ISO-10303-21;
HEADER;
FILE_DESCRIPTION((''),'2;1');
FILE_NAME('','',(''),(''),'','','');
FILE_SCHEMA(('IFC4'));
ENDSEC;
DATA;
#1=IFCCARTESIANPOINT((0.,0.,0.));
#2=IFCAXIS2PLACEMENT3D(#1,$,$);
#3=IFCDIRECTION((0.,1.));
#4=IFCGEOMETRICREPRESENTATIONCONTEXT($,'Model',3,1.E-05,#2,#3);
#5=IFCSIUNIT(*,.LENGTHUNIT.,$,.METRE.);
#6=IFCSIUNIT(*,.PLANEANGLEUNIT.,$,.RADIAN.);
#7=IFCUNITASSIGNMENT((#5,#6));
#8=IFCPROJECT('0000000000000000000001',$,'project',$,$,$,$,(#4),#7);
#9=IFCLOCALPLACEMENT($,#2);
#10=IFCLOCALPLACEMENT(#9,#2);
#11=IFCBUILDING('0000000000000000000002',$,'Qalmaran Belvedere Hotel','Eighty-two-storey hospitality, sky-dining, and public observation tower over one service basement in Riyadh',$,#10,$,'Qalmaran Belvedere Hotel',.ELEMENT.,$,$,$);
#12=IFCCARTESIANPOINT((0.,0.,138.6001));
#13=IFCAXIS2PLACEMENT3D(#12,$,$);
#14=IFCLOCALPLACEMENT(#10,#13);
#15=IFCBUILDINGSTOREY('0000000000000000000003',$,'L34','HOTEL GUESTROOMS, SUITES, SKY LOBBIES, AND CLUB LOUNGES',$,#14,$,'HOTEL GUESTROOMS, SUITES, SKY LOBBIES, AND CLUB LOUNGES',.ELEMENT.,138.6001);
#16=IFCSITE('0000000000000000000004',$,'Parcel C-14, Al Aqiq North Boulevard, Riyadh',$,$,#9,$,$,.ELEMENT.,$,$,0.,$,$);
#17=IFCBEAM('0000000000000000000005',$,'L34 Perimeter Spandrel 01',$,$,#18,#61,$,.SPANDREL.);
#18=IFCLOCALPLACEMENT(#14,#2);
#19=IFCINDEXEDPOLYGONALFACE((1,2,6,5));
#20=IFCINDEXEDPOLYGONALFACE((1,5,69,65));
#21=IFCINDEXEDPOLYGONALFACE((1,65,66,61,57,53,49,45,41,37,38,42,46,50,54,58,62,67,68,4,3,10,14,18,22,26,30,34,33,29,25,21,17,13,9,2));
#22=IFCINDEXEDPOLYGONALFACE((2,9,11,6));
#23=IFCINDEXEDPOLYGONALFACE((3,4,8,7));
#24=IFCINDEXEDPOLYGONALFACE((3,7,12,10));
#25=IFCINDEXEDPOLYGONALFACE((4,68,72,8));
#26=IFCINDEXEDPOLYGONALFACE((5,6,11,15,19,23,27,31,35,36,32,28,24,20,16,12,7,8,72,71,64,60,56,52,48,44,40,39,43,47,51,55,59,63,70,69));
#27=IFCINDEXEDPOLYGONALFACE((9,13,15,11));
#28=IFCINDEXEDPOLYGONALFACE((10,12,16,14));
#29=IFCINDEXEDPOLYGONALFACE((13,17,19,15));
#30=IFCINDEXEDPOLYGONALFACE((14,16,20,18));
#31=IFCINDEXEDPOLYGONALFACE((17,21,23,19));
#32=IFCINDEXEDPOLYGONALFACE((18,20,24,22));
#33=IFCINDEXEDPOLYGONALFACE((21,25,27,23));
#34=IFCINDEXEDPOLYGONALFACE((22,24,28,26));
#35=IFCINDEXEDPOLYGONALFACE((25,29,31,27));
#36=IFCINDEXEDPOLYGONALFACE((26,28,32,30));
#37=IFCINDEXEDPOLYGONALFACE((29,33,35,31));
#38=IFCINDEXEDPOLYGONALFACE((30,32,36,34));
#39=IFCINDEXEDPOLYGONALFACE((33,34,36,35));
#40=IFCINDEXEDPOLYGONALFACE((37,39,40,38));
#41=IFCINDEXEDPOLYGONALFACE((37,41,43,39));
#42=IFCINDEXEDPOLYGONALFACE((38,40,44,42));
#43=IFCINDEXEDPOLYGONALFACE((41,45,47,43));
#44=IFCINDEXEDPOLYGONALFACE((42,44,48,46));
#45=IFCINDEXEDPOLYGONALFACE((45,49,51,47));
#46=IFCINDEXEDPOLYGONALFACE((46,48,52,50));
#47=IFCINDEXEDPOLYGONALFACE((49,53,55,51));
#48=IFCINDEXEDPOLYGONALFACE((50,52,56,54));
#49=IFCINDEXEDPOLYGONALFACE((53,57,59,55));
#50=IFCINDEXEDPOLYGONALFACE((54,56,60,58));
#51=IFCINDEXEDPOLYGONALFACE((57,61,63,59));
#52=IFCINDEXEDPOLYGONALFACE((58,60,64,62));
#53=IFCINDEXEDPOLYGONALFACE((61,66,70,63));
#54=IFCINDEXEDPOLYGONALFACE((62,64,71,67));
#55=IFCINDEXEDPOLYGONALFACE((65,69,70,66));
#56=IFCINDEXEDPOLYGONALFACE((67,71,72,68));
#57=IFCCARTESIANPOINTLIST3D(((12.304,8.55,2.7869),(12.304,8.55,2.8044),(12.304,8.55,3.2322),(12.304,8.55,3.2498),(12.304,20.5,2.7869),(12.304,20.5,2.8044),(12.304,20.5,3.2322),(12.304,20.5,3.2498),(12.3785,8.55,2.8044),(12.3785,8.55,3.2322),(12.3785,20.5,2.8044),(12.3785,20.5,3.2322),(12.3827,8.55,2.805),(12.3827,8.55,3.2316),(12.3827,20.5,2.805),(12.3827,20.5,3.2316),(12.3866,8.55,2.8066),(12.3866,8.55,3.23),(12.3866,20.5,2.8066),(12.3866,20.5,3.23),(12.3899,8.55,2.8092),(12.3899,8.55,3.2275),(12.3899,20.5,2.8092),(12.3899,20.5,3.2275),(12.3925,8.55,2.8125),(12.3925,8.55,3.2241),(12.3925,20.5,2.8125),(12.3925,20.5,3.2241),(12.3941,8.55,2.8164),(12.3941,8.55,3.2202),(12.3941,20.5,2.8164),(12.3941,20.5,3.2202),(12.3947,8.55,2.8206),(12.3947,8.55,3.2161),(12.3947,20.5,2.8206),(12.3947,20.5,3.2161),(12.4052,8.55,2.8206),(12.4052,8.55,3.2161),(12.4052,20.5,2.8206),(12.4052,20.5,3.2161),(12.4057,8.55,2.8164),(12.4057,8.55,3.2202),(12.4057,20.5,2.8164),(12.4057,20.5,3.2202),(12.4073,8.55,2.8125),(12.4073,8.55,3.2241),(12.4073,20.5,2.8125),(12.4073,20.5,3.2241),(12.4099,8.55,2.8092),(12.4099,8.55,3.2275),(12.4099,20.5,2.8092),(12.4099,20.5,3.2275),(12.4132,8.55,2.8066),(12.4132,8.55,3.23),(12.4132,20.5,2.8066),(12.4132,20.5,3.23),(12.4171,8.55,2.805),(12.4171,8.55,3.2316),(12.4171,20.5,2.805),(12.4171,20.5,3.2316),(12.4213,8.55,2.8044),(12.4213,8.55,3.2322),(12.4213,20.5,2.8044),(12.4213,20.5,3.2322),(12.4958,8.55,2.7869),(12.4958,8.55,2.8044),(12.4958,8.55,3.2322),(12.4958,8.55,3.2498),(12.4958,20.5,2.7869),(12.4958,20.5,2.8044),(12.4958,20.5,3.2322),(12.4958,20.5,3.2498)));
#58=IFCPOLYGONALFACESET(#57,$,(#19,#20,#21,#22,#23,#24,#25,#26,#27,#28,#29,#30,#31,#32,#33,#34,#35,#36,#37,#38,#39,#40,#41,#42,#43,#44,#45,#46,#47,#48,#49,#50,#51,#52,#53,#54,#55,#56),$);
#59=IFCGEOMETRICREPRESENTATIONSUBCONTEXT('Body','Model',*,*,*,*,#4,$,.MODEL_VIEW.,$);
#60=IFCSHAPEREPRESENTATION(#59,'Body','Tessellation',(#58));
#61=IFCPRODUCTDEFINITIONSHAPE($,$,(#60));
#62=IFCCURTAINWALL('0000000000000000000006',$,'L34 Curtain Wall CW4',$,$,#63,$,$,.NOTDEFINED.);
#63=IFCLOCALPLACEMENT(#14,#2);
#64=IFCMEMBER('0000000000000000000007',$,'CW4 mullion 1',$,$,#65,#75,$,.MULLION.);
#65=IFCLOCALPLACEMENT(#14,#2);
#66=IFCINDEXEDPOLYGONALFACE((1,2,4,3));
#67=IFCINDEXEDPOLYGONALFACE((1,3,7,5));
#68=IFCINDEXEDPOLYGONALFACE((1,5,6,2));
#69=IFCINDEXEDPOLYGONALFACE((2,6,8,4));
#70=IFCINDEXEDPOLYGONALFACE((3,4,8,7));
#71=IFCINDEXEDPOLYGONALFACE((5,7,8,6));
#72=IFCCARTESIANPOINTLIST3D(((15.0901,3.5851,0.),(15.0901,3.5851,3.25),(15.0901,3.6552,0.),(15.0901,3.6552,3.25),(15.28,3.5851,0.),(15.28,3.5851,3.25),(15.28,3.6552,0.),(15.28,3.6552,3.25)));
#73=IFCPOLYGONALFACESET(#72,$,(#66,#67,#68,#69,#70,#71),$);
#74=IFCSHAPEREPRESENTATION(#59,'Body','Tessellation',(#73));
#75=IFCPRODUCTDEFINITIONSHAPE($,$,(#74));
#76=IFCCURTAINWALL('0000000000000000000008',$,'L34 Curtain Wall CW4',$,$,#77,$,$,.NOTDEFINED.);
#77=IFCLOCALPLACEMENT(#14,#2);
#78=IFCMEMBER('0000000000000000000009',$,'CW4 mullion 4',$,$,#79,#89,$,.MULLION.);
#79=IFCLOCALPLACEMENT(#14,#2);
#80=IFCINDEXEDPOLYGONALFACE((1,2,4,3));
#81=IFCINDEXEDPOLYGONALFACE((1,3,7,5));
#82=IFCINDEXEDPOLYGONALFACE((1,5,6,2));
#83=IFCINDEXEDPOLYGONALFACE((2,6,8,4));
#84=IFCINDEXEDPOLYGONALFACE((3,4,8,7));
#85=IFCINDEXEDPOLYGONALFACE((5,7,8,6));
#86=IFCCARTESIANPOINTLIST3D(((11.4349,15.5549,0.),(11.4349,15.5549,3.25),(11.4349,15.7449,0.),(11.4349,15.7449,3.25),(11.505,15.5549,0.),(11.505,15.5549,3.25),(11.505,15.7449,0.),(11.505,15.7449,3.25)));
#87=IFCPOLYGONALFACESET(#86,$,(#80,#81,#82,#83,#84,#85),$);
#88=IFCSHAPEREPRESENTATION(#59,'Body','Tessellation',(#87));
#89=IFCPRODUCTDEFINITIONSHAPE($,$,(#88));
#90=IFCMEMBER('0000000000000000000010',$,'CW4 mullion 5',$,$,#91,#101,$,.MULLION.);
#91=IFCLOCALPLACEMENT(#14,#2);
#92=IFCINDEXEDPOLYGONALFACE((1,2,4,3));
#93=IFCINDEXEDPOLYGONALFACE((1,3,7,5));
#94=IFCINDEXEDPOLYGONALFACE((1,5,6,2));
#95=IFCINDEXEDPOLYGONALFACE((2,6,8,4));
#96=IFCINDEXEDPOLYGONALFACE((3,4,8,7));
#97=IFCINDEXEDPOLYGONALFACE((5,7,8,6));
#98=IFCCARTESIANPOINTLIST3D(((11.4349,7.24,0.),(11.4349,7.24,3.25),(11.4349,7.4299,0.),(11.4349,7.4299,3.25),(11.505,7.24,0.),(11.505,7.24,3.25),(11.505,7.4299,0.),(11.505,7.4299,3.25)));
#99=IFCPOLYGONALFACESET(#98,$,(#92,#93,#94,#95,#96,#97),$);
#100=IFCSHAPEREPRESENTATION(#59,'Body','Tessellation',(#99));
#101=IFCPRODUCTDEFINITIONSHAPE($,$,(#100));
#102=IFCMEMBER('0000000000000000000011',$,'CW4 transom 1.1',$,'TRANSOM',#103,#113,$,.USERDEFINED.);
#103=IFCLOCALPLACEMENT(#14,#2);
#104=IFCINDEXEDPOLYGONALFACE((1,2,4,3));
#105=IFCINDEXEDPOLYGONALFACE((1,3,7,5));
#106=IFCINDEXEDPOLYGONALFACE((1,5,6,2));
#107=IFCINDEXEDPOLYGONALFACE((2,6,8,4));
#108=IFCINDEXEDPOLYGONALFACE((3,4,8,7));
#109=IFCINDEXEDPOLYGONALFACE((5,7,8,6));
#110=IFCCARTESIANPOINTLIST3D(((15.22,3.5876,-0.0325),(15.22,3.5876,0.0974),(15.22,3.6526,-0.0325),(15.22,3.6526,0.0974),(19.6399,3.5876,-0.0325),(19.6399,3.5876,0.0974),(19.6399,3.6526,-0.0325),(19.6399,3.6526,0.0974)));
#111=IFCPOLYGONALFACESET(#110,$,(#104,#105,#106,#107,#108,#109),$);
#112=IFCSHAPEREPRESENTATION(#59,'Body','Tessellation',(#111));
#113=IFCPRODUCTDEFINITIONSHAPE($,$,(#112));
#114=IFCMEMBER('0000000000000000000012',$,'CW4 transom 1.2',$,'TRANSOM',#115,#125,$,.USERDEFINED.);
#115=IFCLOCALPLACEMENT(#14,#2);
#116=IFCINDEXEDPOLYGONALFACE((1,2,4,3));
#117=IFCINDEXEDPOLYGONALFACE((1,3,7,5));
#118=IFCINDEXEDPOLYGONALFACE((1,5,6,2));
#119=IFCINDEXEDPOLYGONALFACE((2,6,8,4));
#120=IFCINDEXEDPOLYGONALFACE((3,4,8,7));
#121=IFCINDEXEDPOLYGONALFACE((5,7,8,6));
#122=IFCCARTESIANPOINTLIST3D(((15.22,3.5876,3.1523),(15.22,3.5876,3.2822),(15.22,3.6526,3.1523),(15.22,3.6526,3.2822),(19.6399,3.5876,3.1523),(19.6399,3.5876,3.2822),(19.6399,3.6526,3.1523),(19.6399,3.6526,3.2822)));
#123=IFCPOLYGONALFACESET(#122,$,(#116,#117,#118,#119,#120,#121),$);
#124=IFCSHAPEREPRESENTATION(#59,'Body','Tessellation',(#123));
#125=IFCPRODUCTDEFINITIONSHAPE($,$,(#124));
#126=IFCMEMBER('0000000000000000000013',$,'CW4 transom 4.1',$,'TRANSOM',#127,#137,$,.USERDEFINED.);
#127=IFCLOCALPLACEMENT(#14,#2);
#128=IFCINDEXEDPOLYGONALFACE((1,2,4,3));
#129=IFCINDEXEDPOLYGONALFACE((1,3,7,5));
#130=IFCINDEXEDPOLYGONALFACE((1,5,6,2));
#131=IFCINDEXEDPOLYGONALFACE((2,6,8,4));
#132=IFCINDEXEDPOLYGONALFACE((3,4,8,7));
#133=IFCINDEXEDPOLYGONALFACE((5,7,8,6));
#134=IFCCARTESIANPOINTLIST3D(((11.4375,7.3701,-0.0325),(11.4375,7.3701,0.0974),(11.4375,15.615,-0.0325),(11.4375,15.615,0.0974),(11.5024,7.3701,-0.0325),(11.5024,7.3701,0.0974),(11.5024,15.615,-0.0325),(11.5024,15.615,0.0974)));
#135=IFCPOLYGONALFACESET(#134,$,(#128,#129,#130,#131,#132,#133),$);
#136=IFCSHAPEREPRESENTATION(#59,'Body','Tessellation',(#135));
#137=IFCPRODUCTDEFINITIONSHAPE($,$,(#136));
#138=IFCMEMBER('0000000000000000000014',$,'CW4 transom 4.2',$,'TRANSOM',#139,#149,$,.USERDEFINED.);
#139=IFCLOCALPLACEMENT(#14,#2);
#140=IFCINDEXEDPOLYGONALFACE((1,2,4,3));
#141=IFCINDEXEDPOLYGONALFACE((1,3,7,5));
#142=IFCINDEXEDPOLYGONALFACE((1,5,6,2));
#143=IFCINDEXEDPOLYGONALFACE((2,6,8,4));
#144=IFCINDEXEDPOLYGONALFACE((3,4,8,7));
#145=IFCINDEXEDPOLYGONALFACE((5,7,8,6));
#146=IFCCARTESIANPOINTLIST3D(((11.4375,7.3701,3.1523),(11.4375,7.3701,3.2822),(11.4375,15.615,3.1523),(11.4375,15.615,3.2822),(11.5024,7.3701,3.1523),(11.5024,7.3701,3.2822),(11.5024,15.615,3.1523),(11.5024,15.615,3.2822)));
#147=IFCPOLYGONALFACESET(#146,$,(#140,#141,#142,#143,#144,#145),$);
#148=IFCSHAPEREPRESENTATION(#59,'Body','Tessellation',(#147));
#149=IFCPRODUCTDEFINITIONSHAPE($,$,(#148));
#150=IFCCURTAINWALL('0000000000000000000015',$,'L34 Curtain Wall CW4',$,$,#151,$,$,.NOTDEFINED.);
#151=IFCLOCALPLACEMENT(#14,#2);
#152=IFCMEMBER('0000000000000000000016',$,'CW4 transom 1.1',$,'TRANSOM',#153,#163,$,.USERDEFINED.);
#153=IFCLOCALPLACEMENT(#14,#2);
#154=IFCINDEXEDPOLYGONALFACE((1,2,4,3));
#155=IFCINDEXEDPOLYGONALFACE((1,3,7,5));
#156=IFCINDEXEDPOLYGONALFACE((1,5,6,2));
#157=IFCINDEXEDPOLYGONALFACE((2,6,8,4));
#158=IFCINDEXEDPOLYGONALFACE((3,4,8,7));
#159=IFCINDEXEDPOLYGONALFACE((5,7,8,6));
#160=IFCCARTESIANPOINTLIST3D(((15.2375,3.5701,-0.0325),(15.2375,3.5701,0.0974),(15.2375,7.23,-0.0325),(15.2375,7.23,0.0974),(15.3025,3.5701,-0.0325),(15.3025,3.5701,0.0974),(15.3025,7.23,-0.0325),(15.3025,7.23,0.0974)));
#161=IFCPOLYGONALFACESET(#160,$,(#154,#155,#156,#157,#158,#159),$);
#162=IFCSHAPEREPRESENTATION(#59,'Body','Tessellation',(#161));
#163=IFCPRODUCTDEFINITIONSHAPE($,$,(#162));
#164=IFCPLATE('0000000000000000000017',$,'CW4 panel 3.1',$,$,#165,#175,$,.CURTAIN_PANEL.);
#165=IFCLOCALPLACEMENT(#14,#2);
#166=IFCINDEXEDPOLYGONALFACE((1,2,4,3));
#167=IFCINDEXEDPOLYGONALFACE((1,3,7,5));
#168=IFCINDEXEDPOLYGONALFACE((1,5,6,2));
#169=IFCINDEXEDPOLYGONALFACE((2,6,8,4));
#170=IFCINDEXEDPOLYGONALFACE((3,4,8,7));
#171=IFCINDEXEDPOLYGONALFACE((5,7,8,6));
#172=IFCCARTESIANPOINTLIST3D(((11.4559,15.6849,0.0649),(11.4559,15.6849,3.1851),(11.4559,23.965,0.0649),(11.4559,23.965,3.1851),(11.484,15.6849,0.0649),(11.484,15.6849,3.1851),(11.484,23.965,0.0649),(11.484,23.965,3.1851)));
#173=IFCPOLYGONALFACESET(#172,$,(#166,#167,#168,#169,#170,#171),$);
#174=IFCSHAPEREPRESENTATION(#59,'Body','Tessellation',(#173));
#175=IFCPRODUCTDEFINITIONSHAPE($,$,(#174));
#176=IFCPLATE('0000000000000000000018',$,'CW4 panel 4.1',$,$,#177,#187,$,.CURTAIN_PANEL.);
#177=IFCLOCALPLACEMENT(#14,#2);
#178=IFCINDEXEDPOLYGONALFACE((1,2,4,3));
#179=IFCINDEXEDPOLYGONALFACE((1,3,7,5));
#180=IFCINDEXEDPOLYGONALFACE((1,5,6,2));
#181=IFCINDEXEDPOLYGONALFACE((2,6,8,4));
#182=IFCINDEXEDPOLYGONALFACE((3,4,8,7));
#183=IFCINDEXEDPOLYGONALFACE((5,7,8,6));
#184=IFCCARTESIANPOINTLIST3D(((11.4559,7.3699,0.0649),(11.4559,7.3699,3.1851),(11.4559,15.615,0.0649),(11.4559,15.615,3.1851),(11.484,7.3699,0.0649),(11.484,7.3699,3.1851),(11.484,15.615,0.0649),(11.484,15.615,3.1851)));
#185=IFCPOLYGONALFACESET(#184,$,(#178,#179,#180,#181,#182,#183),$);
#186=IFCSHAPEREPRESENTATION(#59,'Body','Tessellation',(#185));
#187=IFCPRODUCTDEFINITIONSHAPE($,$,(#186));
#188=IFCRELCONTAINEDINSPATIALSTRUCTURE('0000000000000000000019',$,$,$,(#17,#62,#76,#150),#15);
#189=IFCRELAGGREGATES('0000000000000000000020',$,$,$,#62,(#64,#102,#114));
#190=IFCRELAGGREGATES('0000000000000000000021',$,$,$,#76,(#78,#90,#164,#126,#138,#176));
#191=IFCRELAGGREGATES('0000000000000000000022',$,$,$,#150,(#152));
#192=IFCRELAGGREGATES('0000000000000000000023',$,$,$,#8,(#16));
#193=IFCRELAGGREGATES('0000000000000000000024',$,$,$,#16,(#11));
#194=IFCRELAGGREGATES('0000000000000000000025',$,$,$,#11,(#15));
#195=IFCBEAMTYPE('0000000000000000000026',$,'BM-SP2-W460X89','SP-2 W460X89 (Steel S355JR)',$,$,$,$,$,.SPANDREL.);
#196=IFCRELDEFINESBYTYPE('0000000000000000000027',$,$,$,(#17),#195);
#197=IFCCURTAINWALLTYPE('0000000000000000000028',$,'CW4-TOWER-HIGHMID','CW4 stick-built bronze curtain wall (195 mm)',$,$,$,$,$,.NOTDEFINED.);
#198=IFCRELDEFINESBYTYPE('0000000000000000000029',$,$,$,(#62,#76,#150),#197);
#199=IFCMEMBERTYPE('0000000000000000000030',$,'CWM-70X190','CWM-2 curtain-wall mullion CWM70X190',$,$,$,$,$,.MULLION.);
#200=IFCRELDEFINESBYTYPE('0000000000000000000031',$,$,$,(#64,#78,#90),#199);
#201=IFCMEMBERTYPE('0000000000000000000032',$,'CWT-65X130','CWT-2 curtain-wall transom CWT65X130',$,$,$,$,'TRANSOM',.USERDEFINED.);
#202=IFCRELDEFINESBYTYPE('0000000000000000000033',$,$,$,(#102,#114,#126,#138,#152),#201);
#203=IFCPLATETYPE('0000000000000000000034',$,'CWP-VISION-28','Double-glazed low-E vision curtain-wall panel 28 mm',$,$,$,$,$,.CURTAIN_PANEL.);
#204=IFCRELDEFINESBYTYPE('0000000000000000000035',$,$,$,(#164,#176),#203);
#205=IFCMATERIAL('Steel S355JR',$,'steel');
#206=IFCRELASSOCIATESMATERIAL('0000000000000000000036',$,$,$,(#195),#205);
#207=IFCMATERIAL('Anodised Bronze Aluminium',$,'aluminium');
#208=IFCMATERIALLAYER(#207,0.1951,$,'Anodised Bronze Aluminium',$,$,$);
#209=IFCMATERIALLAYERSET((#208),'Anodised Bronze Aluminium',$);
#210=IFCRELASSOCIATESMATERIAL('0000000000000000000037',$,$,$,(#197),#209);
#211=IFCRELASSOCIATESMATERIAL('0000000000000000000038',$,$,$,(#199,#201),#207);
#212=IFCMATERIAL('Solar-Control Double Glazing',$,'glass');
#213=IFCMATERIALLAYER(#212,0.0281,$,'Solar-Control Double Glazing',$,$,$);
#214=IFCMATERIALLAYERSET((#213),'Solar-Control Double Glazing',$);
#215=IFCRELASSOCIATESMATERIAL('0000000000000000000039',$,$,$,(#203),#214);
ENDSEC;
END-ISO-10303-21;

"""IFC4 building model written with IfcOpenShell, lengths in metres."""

from ifc_helpers import new_model, si_unit, direction, frame, origin, origin_2d, place, context, subcontext, project, spatial, rectangle, i_section, extrude, material, layer, layer_set, material_profile, profile_set, type_object, element, aggregate, save


model = new_model("IFC4")

# Units and contexts
model_context = context("Model", 3, precision=1e-05, world=origin(), true_north=direction((0.0, 1.0)))
body_context = subcontext(model_context, "Body", "Model", "MODEL_VIEW")
ifc_project = project(units=[si_unit("LENGTHUNIT", "METRE"), si_unit("PLANEANGLEUNIT", "RADIAN")], contexts=[model_context])

# Site, building, storey
site_placement = place(None, origin())
site = spatial("IfcSite", under=ifc_project, at=site_placement, Name="Parcel C-14, Al Aqiq North Boulevard, Riyadh", CompositionType="ELEMENT", RefElevation=0.0)
building_placement = place(site_placement, origin())
building = spatial("IfcBuilding", under=site, at=building_placement, Name="Qalmaran Belvedere Hotel", Description="Eighty-two-storey hospitality, sky-dining, and public observation tower over one service basement in Riyadh", LongName="Qalmaran Belvedere Hotel", CompositionType="ELEMENT")
storey_placement = place(building_placement, frame((0.0, 0.0, 138.6001)))
storey = spatial("IfcBuildingStorey", under=building, at=storey_placement, Name="L34", Description="HOTEL GUESTROOMS, SUITES, SKY LOBBIES, AND CLUB LOUNGES", LongName="HOTEL GUESTROOMS, SUITES, SKY LOBBIES, AND CLUB LOUNGES", CompositionType="ELEMENT", Elevation=138.6001)

# Beam
ifc_material_1 = material(Name="Steel S355JR", Category="steel")
ifc_material_profile_1 = material_profile(ifc_material_1, i_section(OverallWidth=0.1919, OverallDepth=0.4629, WebThickness=0.0105, FlangeThickness=0.0176, FilletRadius=0.0161, at=origin_2d()), Name="W460X89")
ifc_profile_set_1 = profile_set([ifc_material_profile_1], Name="Steel S355JR")
beam_type_1 = type_object("IfcBeamType", Name="BM-SP2-W460X89", Description="SP-2 W460X89 (Steel S355JR)", PredefinedType="SPANDREL", material=ifc_profile_set_1)
beam_1_placement = place(storey_placement, frame((12.3999, 8.55, 3.0183), z_axis=(0.0, 1.0, 0.0), x_axis=(-1.0, 0.0, 0.0)))
element("IfcBeam", 1, at=beam_1_placement, inside=storey, type_object=beam_type_1, Name="L34 Perimeter Spandrel 01", PredefinedType="SPANDREL", context=body_context, shape_type="SweptSolid", body=[
    extrude(i_section(OverallWidth=0.1919, OverallDepth=0.4629, WebThickness=0.0105, FlangeThickness=0.0176, FilletRadius=0.0161, at=origin_2d()), origin(), (0.0, 0.0, 1.0), 11.95),
])

# Curtain wall, member
ifc_material_2 = material(Name="Anodised Bronze Aluminium", Category="aluminium")
ifc_layer_1 = layer(ifc_material_2, 0.1951, Name="Anodised Bronze Aluminium")
ifc_layer_set_1 = layer_set([ifc_layer_1], Name="Anodised Bronze Aluminium")
curtain_wall_type = type_object("IfcCurtainWallType", Name="CW4-TOWER-HIGHMID", Description="CW4 stick-built bronze curtain wall (195 mm)", PredefinedType="NOTDEFINED", material=ifc_layer_set_1)
curtain_wall_1_placement = place(storey_placement, origin())
curtain_wall_1 = element("IfcCurtainWall", 2, at=curtain_wall_1_placement, inside=storey, type_object=curtain_wall_type, Name="L34 Curtain Wall CW4", PredefinedType="NOTDEFINED")
ifc_material_profile_2 = material_profile(ifc_material_2, rectangle(XDim=0.0701, YDim=0.1899, at=origin_2d()), Name="CWM70X190")
ifc_profile_set_2 = profile_set([ifc_material_profile_2], Name="Anodised Bronze Aluminium")
member_type_1 = type_object("IfcMemberType", Name="CWM-70X190", Description="CWM-2 curtain-wall mullion CWM70X190", PredefinedType="MULLION", material=ifc_profile_set_2)
member_1_placement = place(storey_placement, frame((15.1851, 3.6201, 0.0), z_axis=(0.0, 0.0, 1.0), x_axis=(0.0, 1.0, 0.0)))
member_1 = element("IfcMember", 3, at=member_1_placement, type_object=member_type_1, Name="CW4 mullion 1", PredefinedType="MULLION", context=body_context, shape_type="SweptSolid", body=[
    extrude(rectangle(XDim=0.0701, YDim=0.1899, at=origin_2d()), origin(), (0.0, 0.0, 1.0), 3.25),
])

# Curtain wall, members
curtain_wall_2_placement = place(storey_placement, origin())
curtain_wall_2 = element("IfcCurtainWall", 4, at=curtain_wall_2_placement, inside=storey, type_object=curtain_wall_type, Name="L34 Curtain Wall CW4", PredefinedType="NOTDEFINED")
member_2_placement = place(storey_placement, frame((11.47, 15.6499, 0.0), z_axis=(0.0, 0.0, 1.0), x_axis=(1.0, 0.0, 0.0)))
member_2 = element("IfcMember", 5, at=member_2_placement, type_object=member_type_1, Name="CW4 mullion 4", PredefinedType="MULLION", context=body_context, shape_type="SweptSolid", body=[
    extrude(rectangle(XDim=0.0701, YDim=0.1899, at=origin_2d()), origin(), (0.0, 0.0, 1.0), 3.25),
])
member_3_placement = place(storey_placement, frame((11.47, 7.335, 0.0), z_axis=(0.0, 0.0, 1.0), x_axis=(1.0, 0.0, 0.0)))
member_3 = element("IfcMember", 6, at=member_3_placement, type_object=member_type_1, Name="CW4 mullion 5", PredefinedType="MULLION", context=body_context, shape_type="SweptSolid", body=[
    extrude(rectangle(XDim=0.0701, YDim=0.1899, at=origin_2d()), origin(), (0.0, 0.0, 1.0), 3.25),
])

# Members
ifc_material_profile_3 = material_profile(ifc_material_2, rectangle(XDim=0.0649, YDim=0.1299, at=origin_2d()), Name="CWT65X130")
ifc_profile_set_3 = profile_set([ifc_material_profile_3], Name="Anodised Bronze Aluminium")
member_type_2 = type_object("IfcMemberType", Name="CWT-65X130", Description="CWT-2 curtain-wall transom CWT65X130", ElementType="TRANSOM", PredefinedType="USERDEFINED", material=ifc_profile_set_3)
member_4_placement = place(storey_placement, frame((15.22, 3.6201, 0.0325), z_axis=(1.0, 0.0, 0.0), x_axis=(0.0, 1.0, 0.0)))
member_4 = element("IfcMember", 7, at=member_4_placement, type_object=member_type_2, Name="CW4 transom 1.1", ObjectType="TRANSOM", PredefinedType="USERDEFINED", context=body_context, shape_type="SweptSolid", body=[
    extrude(rectangle(XDim=0.0649, YDim=0.1299, at=origin_2d()), origin(), (0.0, 0.0, 1.0), 4.4199),
])
member_5_placement = place(storey_placement, frame((15.22, 3.6201, 3.2173), z_axis=(1.0, 0.0, 0.0), x_axis=(0.0, 1.0, 0.0)))
member_5 = element("IfcMember", 8, at=member_5_placement, type_object=member_type_2, Name="CW4 transom 1.2", ObjectType="TRANSOM", PredefinedType="USERDEFINED", context=body_context, shape_type="SweptSolid", body=[
    extrude(rectangle(XDim=0.0649, YDim=0.1299, at=origin_2d()), origin(), (0.0, 0.0, 1.0), 4.4199),
])
aggregate(curtain_wall_1, [member_1, member_4, member_5])
member_6_placement = place(storey_placement, frame((11.47, 15.615, 0.0325), z_axis=(0.0, -1.0, 0.0), x_axis=(1.0, 0.0, 0.0)))
member_6 = element("IfcMember", 9, at=member_6_placement, type_object=member_type_2, Name="CW4 transom 4.1", ObjectType="TRANSOM", PredefinedType="USERDEFINED", context=body_context, shape_type="SweptSolid", body=[
    extrude(rectangle(XDim=0.0649, YDim=0.1299, at=origin_2d()), origin(), (0.0, 0.0, 1.0), 8.2449),
])
member_7_placement = place(storey_placement, frame((11.47, 15.615, 3.2173), z_axis=(0.0, -1.0, 0.0), x_axis=(1.0, 0.0, 0.0)))
member_7 = element("IfcMember", 10, at=member_7_placement, type_object=member_type_2, Name="CW4 transom 4.2", ObjectType="TRANSOM", PredefinedType="USERDEFINED", context=body_context, shape_type="SweptSolid", body=[
    extrude(rectangle(XDim=0.0649, YDim=0.1299, at=origin_2d()), origin(), (0.0, 0.0, 1.0), 8.2449),
])

# Curtain wall, member
curtain_wall_3_placement = place(storey_placement, origin())
curtain_wall_3 = element("IfcCurtainWall", 11, at=curtain_wall_3_placement, inside=storey, type_object=curtain_wall_type, Name="L34 Curtain Wall CW4", PredefinedType="NOTDEFINED")
member_8_placement = place(storey_placement, frame((15.27, 7.23, 0.0325), z_axis=(0.0, -1.0, 0.0), x_axis=(1.0, 0.0, 0.0)))
member_8 = element("IfcMember", 12, at=member_8_placement, type_object=member_type_2, Name="CW4 transom 1.1", ObjectType="TRANSOM", PredefinedType="USERDEFINED", context=body_context, shape_type="SweptSolid", body=[
    extrude(rectangle(XDim=0.0649, YDim=0.1299, at=origin_2d()), origin(), (0.0, 0.0, 1.0), 3.6599),
])

# Plates
ifc_material_3 = material(Name="Solar-Control Double Glazing", Category="glass")
ifc_layer_2 = layer(ifc_material_3, 0.0281, Name="Solar-Control Double Glazing")
ifc_layer_set_2 = layer_set([ifc_layer_2], Name="Solar-Control Double Glazing")
plate_type = type_object("IfcPlateType", Name="CWP-VISION-28", Description="Double-glazed low-E vision curtain-wall panel 28 mm", PredefinedType="CURTAIN_PANEL", material=ifc_layer_set_2)
plate_1_placement = place(storey_placement, frame((11.47, 19.825, 0.0649), z_axis=(0.0, 0.0, 1.0), x_axis=(0.0, -1.0, 0.0)))
plate_1 = element("IfcPlate", 13, at=plate_1_placement, type_object=plate_type, Name="CW4 panel 3.1", PredefinedType="CURTAIN_PANEL", context=body_context, shape_type="SweptSolid", body=[
    extrude(rectangle(XDim=8.28, YDim=0.0281, at=origin_2d()), origin(), (0.0, 0.0, 1.0), 3.1201),
])
plate_2_placement = place(storey_placement, frame((11.47, 11.4924, 0.0649), z_axis=(0.0, 0.0, 1.0), x_axis=(0.0, -1.0, 0.0)))
plate_2 = element("IfcPlate", 14, at=plate_2_placement, type_object=plate_type, Name="CW4 panel 4.1", PredefinedType="CURTAIN_PANEL", context=body_context, shape_type="SweptSolid", body=[
    extrude(rectangle(XDim=8.2451, YDim=0.0281, at=origin_2d()), origin(), (0.0, 0.0, 1.0), 3.1201),
])
aggregate(curtain_wall_2, [member_2, member_3, plate_1, member_6, member_7, plate_2])
aggregate(curtain_wall_3, [member_8])

save(model, "model.ifc")
